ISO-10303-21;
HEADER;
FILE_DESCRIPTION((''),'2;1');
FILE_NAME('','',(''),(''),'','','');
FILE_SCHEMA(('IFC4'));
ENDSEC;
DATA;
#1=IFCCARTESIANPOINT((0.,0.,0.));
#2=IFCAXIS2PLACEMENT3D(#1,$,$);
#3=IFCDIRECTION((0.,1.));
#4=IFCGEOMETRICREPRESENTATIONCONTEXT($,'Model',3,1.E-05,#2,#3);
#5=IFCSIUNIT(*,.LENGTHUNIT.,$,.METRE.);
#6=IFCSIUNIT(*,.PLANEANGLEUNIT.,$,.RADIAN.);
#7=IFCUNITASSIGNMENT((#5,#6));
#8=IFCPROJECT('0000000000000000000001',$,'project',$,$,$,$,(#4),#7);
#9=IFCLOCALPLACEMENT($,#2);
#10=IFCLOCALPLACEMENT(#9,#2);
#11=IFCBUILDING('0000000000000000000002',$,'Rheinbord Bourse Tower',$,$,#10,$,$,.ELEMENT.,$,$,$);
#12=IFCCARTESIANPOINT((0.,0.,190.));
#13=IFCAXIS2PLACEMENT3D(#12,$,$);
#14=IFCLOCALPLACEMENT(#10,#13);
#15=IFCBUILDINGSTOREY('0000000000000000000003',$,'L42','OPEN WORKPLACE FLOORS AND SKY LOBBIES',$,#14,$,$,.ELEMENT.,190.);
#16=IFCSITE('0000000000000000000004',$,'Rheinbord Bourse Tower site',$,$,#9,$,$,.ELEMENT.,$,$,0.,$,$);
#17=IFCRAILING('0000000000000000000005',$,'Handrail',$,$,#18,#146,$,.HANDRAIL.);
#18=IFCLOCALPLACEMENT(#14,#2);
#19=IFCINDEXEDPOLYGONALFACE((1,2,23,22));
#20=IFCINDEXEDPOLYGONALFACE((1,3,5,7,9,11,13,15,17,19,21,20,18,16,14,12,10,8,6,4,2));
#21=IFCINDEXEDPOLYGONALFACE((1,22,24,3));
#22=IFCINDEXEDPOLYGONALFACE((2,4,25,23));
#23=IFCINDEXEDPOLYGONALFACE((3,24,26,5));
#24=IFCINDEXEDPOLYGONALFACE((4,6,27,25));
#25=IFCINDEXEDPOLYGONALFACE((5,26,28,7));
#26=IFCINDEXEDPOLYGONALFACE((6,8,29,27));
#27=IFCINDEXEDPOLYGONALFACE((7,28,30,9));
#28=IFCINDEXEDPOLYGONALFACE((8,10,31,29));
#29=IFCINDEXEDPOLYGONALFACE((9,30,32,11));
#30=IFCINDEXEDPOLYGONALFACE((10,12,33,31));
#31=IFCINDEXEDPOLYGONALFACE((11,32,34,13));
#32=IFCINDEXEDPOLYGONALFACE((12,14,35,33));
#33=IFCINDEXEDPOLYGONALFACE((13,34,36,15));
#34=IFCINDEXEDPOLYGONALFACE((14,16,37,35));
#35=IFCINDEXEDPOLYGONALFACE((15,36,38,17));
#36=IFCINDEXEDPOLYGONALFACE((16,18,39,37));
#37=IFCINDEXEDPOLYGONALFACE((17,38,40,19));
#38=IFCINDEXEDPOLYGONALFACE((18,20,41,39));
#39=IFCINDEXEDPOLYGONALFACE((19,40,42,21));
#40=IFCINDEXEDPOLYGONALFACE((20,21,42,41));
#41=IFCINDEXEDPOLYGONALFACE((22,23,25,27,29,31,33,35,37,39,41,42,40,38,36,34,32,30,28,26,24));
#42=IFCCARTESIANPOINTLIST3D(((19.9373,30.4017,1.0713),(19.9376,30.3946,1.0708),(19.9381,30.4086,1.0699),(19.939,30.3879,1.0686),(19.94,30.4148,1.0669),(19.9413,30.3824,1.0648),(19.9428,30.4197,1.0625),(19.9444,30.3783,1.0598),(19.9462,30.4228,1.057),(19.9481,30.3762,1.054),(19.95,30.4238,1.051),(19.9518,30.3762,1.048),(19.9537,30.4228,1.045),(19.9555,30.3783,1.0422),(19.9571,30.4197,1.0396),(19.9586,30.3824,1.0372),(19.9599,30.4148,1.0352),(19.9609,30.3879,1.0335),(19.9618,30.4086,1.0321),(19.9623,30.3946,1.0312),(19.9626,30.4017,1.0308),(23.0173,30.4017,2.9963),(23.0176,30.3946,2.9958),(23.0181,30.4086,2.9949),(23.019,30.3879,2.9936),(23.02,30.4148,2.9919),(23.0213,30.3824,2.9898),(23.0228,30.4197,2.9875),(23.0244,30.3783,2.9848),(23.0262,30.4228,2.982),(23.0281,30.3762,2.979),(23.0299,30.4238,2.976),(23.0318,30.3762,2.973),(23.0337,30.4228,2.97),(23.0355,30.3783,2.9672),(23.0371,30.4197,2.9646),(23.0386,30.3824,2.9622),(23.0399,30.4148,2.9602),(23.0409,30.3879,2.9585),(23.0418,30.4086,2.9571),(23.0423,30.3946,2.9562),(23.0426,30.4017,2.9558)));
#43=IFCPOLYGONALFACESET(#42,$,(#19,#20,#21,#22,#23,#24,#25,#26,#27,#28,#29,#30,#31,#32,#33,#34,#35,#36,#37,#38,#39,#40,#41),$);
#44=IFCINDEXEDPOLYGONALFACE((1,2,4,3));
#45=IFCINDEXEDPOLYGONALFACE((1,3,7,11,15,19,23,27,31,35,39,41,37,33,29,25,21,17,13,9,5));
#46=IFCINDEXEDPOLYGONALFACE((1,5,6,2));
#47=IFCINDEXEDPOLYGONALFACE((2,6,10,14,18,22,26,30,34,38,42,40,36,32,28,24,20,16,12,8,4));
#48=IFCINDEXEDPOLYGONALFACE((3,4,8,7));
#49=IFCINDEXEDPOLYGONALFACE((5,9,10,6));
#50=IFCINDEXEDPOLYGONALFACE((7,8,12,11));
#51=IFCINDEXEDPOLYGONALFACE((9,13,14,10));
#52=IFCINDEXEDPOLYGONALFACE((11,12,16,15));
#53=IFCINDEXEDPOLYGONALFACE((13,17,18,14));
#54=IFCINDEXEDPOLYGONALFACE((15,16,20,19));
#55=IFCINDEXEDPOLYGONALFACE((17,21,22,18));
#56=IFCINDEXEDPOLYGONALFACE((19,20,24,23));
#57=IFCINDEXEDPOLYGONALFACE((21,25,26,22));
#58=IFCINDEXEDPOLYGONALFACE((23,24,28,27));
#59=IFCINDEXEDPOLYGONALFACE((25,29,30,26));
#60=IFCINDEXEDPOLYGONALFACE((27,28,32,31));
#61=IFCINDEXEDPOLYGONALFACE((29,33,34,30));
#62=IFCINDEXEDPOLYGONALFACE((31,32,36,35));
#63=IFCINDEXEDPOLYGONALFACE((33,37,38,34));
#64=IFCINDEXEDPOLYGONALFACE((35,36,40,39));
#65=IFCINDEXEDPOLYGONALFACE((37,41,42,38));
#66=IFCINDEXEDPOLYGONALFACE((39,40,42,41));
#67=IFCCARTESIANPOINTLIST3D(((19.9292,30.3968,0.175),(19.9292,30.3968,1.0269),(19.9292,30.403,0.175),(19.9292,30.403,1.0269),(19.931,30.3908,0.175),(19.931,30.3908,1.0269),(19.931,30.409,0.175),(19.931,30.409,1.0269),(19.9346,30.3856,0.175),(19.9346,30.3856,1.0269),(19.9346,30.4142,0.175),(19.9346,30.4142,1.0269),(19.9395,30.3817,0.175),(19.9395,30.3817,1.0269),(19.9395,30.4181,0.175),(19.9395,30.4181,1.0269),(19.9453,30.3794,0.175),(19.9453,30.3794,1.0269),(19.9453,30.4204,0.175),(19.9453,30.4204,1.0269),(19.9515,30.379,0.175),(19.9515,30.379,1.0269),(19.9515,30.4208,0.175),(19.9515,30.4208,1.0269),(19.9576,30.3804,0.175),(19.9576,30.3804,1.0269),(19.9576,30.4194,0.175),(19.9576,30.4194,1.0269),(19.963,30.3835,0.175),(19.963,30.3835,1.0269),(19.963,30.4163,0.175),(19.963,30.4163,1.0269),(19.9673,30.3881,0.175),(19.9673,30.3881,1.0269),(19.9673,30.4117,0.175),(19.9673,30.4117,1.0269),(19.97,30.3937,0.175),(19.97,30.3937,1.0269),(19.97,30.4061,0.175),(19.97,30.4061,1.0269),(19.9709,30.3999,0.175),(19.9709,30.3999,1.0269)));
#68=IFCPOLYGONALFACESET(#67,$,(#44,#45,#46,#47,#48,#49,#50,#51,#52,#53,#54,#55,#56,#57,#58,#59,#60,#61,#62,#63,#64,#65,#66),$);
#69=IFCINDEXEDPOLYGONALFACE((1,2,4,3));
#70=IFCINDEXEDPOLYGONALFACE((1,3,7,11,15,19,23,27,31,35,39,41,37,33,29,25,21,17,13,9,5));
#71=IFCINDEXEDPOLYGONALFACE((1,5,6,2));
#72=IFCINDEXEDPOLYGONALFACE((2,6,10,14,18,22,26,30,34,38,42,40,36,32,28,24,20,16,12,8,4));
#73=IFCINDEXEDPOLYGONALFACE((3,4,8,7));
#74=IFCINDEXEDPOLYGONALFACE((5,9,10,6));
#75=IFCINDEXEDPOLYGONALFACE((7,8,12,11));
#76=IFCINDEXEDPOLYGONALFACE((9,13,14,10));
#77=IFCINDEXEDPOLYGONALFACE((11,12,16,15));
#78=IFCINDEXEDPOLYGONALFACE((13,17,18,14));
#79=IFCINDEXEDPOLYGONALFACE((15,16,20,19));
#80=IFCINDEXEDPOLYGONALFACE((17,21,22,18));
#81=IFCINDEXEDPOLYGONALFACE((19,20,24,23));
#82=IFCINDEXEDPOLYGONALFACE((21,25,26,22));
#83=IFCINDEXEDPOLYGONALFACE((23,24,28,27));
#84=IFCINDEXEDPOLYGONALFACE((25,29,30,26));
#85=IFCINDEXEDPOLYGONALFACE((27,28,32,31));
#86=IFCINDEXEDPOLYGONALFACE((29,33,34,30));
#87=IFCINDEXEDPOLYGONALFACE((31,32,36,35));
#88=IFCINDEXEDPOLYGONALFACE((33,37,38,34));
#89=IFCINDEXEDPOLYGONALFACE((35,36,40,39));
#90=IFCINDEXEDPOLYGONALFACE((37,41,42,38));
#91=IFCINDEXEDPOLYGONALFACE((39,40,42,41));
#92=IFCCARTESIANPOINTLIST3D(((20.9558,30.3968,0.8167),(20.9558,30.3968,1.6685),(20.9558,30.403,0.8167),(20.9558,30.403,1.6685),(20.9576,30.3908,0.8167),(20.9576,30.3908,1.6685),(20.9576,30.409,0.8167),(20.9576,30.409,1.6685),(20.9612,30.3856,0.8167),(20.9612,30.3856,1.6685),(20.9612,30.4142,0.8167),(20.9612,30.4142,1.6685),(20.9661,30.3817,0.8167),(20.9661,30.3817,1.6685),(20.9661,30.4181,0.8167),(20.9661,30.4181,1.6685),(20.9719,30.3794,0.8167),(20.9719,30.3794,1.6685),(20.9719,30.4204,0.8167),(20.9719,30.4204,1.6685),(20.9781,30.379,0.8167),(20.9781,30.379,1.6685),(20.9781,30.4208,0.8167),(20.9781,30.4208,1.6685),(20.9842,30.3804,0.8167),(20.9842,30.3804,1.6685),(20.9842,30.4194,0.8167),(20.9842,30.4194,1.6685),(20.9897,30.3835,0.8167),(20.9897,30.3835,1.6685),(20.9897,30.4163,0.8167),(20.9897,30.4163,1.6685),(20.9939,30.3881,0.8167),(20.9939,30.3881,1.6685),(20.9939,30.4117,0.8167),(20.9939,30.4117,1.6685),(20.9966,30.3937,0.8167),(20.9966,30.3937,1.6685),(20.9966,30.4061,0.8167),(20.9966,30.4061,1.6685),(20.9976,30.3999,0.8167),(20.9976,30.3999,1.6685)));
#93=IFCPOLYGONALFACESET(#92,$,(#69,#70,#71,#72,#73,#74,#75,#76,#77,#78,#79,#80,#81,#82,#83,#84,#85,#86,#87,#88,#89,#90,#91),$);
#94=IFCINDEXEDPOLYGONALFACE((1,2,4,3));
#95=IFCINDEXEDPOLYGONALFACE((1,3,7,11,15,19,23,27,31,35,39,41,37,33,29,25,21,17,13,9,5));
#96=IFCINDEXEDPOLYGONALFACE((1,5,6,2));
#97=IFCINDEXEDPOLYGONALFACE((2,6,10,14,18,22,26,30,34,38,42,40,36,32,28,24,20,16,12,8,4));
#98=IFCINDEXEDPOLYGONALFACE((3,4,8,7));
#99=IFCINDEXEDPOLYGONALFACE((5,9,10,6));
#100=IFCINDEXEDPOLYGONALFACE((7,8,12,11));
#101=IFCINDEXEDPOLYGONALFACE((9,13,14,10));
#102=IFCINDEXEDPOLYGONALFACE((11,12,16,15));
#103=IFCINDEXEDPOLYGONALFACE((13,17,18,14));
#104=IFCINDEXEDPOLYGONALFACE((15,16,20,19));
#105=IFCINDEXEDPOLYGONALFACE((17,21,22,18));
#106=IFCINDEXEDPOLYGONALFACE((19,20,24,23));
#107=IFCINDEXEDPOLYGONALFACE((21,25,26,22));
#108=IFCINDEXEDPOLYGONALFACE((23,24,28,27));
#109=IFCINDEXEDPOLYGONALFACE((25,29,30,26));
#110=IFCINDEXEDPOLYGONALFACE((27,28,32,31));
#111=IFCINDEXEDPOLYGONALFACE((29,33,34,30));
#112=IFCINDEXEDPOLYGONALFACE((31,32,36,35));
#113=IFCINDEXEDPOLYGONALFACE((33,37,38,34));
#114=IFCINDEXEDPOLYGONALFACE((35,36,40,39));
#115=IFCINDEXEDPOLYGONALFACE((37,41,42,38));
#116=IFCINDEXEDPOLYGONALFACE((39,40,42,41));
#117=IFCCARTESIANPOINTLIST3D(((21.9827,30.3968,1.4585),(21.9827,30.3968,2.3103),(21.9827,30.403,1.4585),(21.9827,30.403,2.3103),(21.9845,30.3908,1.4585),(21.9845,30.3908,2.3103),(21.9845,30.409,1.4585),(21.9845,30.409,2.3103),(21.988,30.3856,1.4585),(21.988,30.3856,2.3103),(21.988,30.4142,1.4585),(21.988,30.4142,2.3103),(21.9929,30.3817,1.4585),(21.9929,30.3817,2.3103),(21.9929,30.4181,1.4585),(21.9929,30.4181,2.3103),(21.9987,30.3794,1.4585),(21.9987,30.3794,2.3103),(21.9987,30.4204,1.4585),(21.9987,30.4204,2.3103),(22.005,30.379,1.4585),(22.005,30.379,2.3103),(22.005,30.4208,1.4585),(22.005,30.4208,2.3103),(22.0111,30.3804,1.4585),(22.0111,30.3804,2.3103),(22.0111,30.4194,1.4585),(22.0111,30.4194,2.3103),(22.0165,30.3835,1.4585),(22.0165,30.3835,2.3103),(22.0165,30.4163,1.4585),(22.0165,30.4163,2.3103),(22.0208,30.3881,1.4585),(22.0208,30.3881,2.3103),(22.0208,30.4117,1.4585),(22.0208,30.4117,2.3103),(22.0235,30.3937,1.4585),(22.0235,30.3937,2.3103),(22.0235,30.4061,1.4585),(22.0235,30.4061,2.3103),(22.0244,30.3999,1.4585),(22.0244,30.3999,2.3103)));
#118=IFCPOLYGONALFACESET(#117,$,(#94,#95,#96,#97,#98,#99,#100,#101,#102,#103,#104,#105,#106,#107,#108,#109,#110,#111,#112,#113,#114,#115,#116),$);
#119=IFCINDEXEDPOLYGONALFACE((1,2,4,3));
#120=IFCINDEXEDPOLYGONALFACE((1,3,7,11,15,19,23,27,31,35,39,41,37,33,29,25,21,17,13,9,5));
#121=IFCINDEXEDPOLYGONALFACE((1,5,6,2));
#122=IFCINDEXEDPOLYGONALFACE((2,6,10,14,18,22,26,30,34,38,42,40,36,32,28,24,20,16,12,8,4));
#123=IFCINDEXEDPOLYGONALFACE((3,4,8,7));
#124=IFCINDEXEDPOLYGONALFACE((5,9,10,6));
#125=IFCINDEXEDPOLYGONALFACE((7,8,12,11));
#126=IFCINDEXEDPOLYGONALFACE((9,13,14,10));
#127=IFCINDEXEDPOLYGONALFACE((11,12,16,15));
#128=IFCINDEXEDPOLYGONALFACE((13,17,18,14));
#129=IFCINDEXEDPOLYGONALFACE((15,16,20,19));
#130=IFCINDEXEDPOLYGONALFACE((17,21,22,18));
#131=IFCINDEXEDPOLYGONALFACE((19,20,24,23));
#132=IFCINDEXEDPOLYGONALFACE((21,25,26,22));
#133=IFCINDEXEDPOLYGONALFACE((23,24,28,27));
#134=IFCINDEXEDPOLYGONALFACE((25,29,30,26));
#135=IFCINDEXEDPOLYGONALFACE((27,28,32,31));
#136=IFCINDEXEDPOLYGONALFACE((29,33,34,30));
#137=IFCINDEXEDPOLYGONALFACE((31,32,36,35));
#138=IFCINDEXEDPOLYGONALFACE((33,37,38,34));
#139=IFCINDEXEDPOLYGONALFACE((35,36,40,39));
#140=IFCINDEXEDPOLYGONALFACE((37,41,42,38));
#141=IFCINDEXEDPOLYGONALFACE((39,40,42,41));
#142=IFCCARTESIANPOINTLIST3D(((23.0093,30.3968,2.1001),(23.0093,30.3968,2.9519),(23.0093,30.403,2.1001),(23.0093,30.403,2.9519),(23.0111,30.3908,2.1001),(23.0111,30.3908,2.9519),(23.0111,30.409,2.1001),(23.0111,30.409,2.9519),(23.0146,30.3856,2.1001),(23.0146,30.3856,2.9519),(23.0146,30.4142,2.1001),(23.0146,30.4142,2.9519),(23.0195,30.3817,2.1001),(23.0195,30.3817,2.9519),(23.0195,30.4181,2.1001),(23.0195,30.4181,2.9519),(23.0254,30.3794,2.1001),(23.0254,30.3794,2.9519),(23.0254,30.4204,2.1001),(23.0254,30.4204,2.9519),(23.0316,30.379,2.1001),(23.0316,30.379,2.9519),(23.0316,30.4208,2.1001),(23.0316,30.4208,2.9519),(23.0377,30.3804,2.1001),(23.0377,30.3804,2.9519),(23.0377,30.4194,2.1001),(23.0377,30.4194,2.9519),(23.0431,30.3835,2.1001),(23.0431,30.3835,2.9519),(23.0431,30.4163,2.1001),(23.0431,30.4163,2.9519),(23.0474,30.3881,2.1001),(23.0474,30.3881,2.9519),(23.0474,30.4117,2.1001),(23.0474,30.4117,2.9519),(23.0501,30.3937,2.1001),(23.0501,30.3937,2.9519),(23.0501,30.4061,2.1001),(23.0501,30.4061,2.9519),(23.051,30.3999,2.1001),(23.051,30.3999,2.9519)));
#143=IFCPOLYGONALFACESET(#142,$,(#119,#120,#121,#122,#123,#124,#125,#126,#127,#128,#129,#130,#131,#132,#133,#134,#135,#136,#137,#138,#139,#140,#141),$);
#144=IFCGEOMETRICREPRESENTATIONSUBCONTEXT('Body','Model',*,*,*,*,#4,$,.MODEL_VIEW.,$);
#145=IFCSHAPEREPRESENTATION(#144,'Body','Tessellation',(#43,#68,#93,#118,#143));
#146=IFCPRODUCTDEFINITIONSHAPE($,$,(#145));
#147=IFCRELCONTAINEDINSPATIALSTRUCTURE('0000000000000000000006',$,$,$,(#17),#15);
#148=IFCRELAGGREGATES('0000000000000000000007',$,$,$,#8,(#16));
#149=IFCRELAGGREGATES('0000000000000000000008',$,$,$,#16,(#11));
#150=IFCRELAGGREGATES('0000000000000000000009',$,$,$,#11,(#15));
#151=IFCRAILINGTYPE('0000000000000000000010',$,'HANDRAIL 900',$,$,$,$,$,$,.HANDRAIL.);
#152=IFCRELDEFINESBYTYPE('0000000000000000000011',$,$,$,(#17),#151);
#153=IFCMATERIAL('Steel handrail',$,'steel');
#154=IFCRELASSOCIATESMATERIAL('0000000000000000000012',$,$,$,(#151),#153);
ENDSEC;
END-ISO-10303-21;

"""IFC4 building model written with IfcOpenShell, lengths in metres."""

from ifc_helpers import new_model, si_unit, direction, frame, origin, origin_2d, place, context, subcontext, project, spatial, circle, extrude, material, type_object, element, save


model = new_model("IFC4")

# Units and contexts
model_context = context("Model", 3, precision=1e-05, world=origin(), true_north=direction((0.0, 1.0)))
body_context = subcontext(model_context, "Body", "Model", "MODEL_VIEW")
ifc_project = project(units=[si_unit("LENGTHUNIT", "METRE"), si_unit("PLANEANGLEUNIT", "RADIAN")], contexts=[model_context])

# Site, building, storey
site_placement = place(None, origin())
site = spatial("IfcSite", under=ifc_project, at=site_placement, Name="Rheinbord Bourse Tower site", CompositionType="ELEMENT", RefElevation=0.0)
building_placement = place(site_placement, origin())
building = spatial("IfcBuilding", under=site, at=building_placement, Name="Rheinbord Bourse Tower", CompositionType="ELEMENT")
storey_placement = place(building_placement, frame((0.0, 0.0, 190.0)))
storey = spatial("IfcBuildingStorey", under=building, at=storey_placement, Name="L42", Description="OPEN WORKPLACE FLOORS AND SKY LOBBIES", CompositionType="ELEMENT", Elevation=190.0)

# Railing
ifc_material_1 = material(Name="Steel handrail", Category="steel")
railing_type = type_object("IfcRailingType", Name="HANDRAIL 900", PredefinedType="HANDRAIL", material=ifc_material_1)
railing_1_placement = place(storey_placement, frame((19.95, 30.3999, 0.175)))
element("IfcRailing", 1, at=railing_1_placement, inside=storey, type_object=railing_type, Name="Handrail", PredefinedType="HANDRAIL", context=body_context, shape_type="SweptSolid", body=[
    extrude(circle(Radius=0.0239, at=origin_2d()), frame((0.0, 0.0, 0.876), z_axis=(0.847998, 0.0, 0.529999), x_axis=(0.0, 1.0, 0.0)), (0.0, 0.0, 1.0), 3.6321),
    extrude(circle(Radius=0.021, at=origin_2d()), origin(), (0.0, 0.0, 1.0), 0.8518),
    extrude(circle(Radius=0.021, at=origin_2d()), frame((1.0266, 0.0, 0.6416)), (0.0, 0.0, 1.0), 0.8518),
    extrude(circle(Radius=0.021, at=origin_2d()), frame((2.0535, 0.0, 1.2834)), (0.0, 0.0, 1.0), 0.8518),
    extrude(circle(Radius=0.021, at=origin_2d()), frame((3.0801, 0.0, 1.925)), (0.0, 0.0, 1.0), 0.8518),
])

save(model, "model.ifc")
